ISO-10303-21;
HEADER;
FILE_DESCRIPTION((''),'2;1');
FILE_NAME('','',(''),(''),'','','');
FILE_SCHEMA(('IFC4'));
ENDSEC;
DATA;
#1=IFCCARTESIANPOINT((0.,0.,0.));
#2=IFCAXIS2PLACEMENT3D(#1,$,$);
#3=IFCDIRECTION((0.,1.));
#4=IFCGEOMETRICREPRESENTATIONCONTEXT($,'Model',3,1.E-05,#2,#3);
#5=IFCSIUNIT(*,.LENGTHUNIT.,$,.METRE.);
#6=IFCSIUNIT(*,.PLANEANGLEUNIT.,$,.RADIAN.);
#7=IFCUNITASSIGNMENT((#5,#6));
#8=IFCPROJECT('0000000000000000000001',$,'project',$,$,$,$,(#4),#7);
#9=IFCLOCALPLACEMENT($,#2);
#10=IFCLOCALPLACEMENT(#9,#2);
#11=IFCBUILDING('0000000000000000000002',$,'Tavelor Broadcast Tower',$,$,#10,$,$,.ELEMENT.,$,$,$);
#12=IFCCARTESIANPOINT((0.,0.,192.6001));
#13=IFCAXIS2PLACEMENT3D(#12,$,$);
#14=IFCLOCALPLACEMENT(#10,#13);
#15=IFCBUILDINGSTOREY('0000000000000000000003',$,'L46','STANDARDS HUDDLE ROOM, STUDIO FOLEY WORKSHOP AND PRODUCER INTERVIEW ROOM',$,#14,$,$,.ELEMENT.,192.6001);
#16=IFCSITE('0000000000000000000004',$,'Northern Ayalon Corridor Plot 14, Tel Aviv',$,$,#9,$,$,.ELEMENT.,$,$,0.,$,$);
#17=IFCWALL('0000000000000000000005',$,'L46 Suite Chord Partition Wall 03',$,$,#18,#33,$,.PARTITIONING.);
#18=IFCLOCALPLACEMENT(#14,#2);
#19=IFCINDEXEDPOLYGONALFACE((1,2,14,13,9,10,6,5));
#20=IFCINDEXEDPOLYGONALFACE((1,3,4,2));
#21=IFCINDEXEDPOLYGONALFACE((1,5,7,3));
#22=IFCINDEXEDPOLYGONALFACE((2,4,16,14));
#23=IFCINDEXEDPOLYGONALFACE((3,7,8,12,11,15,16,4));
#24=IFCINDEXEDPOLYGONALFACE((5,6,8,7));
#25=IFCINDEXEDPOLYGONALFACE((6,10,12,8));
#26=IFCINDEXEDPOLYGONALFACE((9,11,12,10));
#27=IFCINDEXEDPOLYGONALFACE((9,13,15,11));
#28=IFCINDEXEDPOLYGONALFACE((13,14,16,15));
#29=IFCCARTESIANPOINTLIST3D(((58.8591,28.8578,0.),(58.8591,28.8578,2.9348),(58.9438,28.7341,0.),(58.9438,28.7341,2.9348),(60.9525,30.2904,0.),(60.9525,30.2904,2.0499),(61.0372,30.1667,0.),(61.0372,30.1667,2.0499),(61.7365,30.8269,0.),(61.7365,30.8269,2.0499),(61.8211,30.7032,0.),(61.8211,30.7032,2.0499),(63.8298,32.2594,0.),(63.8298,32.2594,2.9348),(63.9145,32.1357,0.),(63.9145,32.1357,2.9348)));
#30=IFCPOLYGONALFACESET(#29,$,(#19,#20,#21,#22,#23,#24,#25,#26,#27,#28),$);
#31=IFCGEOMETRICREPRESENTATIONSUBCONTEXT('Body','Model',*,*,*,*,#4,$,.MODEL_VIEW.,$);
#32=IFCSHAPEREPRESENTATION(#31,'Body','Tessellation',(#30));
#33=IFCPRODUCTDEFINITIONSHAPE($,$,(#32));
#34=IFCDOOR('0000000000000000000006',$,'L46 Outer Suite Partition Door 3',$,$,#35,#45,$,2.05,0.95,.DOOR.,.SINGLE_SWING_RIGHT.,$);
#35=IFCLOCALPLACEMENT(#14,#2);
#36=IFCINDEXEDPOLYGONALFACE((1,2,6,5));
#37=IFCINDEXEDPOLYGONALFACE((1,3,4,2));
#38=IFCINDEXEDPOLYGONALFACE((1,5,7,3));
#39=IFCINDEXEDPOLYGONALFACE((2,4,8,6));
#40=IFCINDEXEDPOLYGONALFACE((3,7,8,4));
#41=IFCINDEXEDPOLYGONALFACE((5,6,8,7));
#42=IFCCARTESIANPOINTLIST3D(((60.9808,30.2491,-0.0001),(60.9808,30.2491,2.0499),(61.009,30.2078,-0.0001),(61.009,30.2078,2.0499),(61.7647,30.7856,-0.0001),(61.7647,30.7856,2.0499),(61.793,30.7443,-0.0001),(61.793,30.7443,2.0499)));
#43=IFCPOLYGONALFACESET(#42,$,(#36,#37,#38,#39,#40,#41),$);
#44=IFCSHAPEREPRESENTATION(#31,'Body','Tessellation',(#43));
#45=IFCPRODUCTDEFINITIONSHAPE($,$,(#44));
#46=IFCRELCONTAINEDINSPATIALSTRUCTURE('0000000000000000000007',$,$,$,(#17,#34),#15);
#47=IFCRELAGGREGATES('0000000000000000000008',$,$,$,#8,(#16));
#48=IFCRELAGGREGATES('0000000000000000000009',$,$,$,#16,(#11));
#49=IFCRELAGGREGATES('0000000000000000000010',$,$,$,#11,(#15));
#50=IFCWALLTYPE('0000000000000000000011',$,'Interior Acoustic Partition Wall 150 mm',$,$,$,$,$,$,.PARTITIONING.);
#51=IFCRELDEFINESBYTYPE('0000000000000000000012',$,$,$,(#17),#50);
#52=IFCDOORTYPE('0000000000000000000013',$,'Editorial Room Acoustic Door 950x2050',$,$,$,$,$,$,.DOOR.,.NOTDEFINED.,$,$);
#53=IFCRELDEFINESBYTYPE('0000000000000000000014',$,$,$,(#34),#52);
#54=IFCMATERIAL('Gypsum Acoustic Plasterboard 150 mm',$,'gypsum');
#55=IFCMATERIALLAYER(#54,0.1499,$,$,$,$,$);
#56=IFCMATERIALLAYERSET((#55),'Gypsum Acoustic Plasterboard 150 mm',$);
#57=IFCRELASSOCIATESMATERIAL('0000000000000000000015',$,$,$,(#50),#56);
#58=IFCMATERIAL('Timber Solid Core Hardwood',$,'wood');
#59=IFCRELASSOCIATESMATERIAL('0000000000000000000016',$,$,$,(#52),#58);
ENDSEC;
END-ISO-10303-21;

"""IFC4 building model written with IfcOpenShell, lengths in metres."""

from ifc_helpers import new_model, si_unit, direction, frame, frame_2d, origin, place, context, subcontext, project, spatial, rectangle, extrude, material, layer, layer_set, type_object, element, fill, save


model = new_model("IFC4")

# Units and contexts
model_context = context("Model", 3, precision=1e-05, world=origin(), true_north=direction((0.0, 1.0)))
body_context = subcontext(model_context, "Body", "Model", "MODEL_VIEW")
ifc_project = project(units=[si_unit("LENGTHUNIT", "METRE"), si_unit("PLANEANGLEUNIT", "RADIAN")], contexts=[model_context])

# Site, building, storey
site_placement = place(None, origin())
site = spatial("IfcSite", under=ifc_project, at=site_placement, Name="Northern Ayalon Corridor Plot 14, Tel Aviv", CompositionType="ELEMENT", RefElevation=0.0)
building_placement = place(site_placement, origin())
building = spatial("IfcBuilding", under=site, at=building_placement, Name="Tavelor Broadcast Tower", CompositionType="ELEMENT")
storey_placement = place(building_placement, frame((0.0, 0.0, 192.6001)))
storey = spatial("IfcBuildingStorey", under=building, at=storey_placement, Name="L46", Description="STANDARDS HUDDLE ROOM, STUDIO FOLEY WORKSHOP AND PRODUCER INTERVIEW ROOM", CompositionType="ELEMENT", Elevation=192.6001)

# Shared definitions
ifc_material_1 = material(Name="Timber Solid Core Hardwood", Category="wood")

# Shared definitions
ifc_material_2 = material(Name="Gypsum Acoustic Plasterboard 150 mm", Category="gypsum")
ifc_layer_1 = layer(ifc_material_2, 0.1499)
ifc_layer_set_1 = layer_set([ifc_layer_1], Name="Gypsum Acoustic Plasterboard 150 mm")
wall_type_1 = type_object("IfcWallType", Name="Interior Acoustic Partition Wall 150 mm", PredefinedType="PARTITIONING", material=ifc_layer_set_1)

# Wall, opening, door
wall_1_placement = place(storey_placement, frame((58.9014, 28.7959, 0.0), z_axis=(0.0, 0.0, 1.0), x_axis=(0.825261, 0.564752, 0.0)))
wall_1 = element("IfcWall", 1, at=wall_1_placement, inside=storey, type_object=wall_type_1, Name="L46 Suite Chord Partition Wall 03", PredefinedType="PARTITIONING", context=body_context, shape_type="SweptSolid", body=[
    extrude(rectangle(XDim=6.0232, YDim=0.1499, at=frame_2d((3.0117, 0.0))), origin(), (0.0, 0.0, 1.0), 2.9348),
])
opening_1_placement = place(wall_1_placement, frame((2.5366, 0.0, 0.0)))
opening_1 = element("IfcOpeningElement", 2, at=opening_1_placement, cuts=wall_1, PredefinedType="OPENING", context=body_context, shape_type="SweptSolid", body=[
    extrude(rectangle(XDim=0.95, YDim=2.05, at=frame_2d((0.4751, 1.0249))), frame((0.0, 0.085, 0.0), z_axis=(0.0, -1.0, 0.0), x_axis=(1.0, 0.0, 0.0)), (0.0, 0.0, 1.0), 0.1699),
])
door_type_1 = type_object("IfcDoorType", Name="Editorial Room Acoustic Door 950x2050", OperationType="NOTDEFINED", PredefinedType="DOOR", material=ifc_material_1)
door_1_placement = place(opening_1_placement, origin())
door_1 = element("IfcDoor", 3, at=door_1_placement, inside=storey, type_object=door_type_1, Name="L46 Outer Suite Partition Door 3", OperationType="SINGLE_SWING_RIGHT", OverallHeight=2.05, OverallWidth=0.95, PredefinedType="DOOR", context=body_context, shape_type="SweptSolid", body=[
    extrude(rectangle(XDim=0.95, YDim=2.05, at=frame_2d((0.4751, 1.0249))), frame((0.0, 0.0249, 0.0), z_axis=(0.0, -1.0, 0.0), x_axis=(1.0, 0.0, 0.0)), (0.0, 0.0, 1.0), 0.05),
])
fill(opening_1, door_1)

save(model, "model.ifc")
